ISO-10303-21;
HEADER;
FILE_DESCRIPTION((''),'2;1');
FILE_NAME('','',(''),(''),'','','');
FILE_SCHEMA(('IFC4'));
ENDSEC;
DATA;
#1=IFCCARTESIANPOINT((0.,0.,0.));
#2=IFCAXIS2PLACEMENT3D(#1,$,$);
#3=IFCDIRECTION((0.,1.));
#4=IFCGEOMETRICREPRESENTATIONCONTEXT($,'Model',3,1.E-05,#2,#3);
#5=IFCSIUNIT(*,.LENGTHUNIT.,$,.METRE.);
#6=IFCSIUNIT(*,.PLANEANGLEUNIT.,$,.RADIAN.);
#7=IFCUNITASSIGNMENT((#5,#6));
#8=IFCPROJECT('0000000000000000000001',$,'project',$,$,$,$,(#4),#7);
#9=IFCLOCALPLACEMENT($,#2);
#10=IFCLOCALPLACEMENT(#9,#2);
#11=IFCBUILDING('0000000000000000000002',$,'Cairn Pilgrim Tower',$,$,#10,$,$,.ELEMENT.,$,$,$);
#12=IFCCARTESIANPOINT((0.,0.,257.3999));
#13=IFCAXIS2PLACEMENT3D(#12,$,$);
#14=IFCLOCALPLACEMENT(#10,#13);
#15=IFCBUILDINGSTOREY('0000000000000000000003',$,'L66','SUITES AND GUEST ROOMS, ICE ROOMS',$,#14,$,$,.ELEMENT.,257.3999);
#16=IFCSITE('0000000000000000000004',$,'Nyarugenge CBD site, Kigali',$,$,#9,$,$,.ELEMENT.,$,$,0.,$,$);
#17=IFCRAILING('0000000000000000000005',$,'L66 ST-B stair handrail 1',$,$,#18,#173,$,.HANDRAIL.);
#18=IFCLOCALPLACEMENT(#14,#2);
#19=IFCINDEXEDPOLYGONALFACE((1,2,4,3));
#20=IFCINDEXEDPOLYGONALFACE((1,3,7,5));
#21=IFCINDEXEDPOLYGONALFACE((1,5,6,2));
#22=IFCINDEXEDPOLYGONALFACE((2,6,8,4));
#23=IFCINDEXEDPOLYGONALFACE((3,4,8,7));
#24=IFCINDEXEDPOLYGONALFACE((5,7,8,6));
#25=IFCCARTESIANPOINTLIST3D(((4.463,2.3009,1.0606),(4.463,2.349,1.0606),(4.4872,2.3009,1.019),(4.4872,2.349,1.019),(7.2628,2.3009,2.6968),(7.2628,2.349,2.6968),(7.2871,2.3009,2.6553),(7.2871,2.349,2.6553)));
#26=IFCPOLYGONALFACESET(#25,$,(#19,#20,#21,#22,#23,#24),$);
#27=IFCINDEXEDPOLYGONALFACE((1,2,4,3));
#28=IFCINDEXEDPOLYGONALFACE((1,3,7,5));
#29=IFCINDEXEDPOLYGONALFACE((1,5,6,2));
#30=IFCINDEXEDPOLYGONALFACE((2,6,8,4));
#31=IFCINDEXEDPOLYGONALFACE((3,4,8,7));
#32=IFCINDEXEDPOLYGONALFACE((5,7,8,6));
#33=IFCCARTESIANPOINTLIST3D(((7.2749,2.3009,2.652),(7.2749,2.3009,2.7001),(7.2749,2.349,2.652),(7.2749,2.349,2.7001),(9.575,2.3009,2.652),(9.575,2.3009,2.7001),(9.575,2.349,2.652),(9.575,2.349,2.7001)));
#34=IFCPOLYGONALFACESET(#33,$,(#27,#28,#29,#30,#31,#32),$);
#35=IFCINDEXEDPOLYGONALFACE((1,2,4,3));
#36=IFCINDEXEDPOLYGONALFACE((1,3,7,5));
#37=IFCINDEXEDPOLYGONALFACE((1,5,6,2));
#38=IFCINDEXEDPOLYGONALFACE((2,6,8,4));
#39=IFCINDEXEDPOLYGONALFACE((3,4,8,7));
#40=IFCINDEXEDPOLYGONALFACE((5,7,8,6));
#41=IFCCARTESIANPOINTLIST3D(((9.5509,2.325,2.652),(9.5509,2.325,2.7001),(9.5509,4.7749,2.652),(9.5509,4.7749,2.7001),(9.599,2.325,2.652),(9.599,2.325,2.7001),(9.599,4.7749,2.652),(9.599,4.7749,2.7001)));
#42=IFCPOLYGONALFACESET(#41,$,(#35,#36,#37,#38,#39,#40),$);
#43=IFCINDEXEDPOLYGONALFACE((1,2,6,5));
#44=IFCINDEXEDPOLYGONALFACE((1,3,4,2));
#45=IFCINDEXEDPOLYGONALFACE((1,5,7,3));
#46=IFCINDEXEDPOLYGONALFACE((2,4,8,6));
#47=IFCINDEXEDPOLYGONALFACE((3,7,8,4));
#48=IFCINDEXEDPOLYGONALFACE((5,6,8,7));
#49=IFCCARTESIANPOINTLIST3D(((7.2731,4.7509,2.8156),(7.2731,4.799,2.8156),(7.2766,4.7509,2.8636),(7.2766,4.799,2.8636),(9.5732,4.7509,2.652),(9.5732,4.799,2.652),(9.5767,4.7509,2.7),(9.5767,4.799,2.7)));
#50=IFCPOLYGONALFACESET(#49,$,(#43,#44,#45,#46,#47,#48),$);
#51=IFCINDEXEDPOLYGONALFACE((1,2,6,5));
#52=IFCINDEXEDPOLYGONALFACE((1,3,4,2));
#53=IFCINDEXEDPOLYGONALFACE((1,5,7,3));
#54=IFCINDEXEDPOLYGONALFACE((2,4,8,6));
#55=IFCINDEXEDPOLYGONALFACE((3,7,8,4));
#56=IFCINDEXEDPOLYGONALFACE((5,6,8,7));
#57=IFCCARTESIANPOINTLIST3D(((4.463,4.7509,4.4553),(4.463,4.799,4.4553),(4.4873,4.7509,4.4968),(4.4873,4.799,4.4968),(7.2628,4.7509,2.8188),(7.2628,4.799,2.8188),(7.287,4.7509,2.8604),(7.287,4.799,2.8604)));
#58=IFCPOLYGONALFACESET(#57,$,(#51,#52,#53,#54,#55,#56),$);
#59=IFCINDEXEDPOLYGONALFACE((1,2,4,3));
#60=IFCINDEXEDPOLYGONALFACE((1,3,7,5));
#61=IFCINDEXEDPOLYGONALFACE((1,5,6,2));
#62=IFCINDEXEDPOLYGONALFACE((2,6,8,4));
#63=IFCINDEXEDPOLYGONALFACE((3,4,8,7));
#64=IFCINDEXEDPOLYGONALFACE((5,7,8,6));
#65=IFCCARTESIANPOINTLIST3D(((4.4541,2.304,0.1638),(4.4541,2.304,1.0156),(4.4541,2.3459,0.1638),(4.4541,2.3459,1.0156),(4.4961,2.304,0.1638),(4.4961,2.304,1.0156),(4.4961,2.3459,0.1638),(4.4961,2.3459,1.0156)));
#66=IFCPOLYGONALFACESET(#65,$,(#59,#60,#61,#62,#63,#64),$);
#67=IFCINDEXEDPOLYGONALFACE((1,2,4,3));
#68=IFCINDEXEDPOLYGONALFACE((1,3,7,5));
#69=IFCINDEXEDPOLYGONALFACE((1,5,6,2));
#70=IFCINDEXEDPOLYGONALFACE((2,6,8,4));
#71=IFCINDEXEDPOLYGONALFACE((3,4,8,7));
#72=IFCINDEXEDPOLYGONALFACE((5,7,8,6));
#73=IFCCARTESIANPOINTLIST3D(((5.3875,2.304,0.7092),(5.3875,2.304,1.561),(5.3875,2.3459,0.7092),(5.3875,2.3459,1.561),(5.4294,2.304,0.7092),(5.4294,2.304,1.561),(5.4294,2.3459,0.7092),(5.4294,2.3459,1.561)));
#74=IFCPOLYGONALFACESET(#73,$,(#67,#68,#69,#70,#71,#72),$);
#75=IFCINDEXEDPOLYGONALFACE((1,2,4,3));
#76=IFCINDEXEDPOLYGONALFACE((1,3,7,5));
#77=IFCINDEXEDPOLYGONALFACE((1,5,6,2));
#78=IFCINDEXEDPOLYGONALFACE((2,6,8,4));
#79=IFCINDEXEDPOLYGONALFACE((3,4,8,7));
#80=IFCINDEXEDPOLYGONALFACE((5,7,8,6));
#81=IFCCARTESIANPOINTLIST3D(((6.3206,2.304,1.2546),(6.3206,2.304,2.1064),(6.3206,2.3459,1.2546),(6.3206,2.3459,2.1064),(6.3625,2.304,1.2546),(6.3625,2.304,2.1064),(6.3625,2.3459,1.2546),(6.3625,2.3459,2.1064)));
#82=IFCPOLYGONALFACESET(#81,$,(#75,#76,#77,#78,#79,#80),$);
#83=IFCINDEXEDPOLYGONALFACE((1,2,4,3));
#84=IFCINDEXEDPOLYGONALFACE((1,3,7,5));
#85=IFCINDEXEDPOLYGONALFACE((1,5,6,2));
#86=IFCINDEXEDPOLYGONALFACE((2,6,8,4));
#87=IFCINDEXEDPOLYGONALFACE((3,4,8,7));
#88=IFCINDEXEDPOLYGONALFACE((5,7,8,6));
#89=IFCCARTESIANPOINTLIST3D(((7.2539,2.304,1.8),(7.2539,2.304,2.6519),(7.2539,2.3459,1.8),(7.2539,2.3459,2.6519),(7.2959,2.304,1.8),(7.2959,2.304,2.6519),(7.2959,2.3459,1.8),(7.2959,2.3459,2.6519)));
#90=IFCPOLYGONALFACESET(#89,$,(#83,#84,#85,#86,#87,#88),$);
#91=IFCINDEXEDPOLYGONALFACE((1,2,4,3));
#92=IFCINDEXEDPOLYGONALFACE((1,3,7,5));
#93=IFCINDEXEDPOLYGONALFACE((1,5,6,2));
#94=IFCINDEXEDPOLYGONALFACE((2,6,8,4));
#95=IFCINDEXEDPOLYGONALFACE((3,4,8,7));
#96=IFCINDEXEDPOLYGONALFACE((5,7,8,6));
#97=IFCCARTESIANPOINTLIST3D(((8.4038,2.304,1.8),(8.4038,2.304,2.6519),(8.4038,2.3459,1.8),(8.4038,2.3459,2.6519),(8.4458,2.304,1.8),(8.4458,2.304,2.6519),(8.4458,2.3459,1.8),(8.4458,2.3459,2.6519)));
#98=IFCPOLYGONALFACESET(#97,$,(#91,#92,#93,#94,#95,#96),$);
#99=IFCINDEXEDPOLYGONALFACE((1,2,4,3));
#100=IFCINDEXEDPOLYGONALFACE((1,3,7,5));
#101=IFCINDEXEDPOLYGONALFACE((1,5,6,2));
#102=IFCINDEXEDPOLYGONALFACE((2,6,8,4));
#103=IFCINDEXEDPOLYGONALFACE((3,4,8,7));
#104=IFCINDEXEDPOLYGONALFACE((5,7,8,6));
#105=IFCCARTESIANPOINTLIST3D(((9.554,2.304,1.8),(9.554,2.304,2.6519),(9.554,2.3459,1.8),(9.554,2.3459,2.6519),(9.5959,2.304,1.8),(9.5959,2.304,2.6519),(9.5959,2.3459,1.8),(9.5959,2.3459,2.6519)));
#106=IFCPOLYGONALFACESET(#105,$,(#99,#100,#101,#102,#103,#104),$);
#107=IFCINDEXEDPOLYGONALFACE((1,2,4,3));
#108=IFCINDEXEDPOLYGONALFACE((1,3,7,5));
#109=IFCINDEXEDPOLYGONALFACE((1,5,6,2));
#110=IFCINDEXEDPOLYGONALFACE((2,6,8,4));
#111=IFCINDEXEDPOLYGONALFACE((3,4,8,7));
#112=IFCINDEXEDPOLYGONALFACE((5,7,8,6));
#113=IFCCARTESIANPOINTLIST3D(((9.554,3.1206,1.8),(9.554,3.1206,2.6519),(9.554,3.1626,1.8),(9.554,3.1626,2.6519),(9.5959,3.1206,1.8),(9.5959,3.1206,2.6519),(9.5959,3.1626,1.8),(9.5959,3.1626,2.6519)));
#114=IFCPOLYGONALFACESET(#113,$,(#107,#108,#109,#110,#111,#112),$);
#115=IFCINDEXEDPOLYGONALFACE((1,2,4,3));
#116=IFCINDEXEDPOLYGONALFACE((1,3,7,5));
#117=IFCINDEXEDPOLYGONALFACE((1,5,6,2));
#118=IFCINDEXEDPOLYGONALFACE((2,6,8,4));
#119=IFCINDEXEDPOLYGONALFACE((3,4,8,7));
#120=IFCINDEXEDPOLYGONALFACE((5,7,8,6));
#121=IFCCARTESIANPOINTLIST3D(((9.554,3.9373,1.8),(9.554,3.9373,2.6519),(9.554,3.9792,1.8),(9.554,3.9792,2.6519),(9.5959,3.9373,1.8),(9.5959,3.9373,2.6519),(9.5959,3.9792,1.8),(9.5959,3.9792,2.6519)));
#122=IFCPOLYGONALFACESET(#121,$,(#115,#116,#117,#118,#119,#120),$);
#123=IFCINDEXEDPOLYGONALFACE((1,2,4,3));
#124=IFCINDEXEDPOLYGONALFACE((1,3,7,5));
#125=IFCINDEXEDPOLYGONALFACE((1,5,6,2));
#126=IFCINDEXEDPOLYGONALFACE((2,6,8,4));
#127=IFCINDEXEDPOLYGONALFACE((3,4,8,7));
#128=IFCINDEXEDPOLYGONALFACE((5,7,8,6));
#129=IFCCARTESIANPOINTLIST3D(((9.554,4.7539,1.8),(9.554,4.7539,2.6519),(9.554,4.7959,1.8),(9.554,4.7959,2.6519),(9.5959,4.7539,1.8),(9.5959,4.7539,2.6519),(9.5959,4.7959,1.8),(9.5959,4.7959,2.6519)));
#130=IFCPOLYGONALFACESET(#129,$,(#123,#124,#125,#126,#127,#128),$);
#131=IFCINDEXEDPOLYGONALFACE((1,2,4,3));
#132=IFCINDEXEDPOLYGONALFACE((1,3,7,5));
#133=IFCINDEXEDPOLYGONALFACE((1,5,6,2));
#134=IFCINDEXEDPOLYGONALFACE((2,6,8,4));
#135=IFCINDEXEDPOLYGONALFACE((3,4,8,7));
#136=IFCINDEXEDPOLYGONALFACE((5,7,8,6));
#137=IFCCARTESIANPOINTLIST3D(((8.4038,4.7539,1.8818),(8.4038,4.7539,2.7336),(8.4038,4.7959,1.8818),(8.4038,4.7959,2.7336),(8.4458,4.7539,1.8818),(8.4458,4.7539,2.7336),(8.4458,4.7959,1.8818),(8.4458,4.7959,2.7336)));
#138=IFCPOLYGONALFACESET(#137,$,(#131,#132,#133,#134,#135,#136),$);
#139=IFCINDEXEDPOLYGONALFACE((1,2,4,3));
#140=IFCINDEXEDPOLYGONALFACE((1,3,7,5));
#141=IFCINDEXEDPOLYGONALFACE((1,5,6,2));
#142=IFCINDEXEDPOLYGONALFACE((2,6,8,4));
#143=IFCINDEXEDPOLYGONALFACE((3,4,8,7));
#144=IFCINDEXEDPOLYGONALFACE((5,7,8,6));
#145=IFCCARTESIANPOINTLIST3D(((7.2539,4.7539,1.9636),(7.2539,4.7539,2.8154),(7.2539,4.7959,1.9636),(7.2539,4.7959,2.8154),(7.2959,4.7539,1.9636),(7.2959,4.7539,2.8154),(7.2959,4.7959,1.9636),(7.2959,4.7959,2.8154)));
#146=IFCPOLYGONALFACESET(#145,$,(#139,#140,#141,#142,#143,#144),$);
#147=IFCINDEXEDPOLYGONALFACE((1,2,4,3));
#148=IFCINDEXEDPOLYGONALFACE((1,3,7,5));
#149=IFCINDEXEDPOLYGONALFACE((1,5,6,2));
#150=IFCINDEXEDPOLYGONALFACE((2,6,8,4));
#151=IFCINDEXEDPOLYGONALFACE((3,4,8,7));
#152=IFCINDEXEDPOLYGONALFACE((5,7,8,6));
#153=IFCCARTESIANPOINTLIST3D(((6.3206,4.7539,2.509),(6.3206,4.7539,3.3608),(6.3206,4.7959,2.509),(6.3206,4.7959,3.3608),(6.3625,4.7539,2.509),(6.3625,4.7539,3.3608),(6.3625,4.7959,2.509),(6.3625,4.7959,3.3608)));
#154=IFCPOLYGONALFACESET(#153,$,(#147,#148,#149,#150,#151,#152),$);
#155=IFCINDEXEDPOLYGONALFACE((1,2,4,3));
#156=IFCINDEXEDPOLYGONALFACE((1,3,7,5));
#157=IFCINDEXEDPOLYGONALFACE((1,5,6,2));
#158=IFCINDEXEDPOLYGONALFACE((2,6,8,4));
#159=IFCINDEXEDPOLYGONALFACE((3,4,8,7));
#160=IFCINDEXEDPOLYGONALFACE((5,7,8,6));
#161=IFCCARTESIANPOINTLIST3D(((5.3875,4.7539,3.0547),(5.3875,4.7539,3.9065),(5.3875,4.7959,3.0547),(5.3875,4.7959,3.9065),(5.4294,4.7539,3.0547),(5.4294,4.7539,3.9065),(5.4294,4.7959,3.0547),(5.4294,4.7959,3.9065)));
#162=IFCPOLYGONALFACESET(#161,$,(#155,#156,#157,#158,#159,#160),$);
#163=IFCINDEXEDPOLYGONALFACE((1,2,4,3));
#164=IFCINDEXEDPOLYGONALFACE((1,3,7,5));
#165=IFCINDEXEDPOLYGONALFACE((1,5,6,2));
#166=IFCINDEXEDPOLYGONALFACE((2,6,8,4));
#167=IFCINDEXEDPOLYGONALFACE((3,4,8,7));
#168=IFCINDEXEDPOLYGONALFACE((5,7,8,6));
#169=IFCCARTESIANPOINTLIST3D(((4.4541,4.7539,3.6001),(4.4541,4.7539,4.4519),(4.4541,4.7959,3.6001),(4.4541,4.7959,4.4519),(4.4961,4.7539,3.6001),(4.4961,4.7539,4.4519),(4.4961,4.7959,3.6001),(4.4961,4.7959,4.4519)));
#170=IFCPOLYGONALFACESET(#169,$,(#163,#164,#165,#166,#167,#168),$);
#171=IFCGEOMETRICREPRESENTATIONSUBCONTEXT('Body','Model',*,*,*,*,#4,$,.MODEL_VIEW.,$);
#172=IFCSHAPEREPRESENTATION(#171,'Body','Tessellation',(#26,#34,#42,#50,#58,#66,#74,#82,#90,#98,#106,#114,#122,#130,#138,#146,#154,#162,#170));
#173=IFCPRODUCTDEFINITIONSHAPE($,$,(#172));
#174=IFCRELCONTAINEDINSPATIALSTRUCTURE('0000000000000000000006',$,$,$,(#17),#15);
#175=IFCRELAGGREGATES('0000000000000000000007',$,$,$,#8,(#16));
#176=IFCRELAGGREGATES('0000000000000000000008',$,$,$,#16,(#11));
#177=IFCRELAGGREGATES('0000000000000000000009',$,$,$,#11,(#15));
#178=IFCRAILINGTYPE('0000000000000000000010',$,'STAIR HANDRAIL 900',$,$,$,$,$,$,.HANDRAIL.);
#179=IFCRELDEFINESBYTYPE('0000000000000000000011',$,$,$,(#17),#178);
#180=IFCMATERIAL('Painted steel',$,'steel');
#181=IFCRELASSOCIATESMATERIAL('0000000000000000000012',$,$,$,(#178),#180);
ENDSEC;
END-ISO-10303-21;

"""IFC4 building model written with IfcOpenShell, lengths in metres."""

from ifc_helpers import new_model, si_unit, direction, frame, origin, origin_2d, place, context, subcontext, project, spatial, rectangle, extrude, material, type_object, element, save


model = new_model("IFC4")

# Units and contexts
model_context = context("Model", 3, precision=1e-05, world=origin(), true_north=direction((0.0, 1.0)))
body_context = subcontext(model_context, "Body", "Model", "MODEL_VIEW")
ifc_project = project(units=[si_unit("LENGTHUNIT", "METRE"), si_unit("PLANEANGLEUNIT", "RADIAN")], contexts=[model_context])

# Site, building, storey
site_placement = place(None, origin())
site = spatial("IfcSite", under=ifc_project, at=site_placement, Name="Nyarugenge CBD site, Kigali", CompositionType="ELEMENT", RefElevation=0.0)
building_placement = place(site_placement, origin())
building = spatial("IfcBuilding", under=site, at=building_placement, Name="Cairn Pilgrim Tower", CompositionType="ELEMENT")
storey_placement = place(building_placement, frame((0.0, 0.0, 257.3999)))
storey = spatial("IfcBuildingStorey", under=building, at=storey_placement, Name="L66", Description="SUITES AND GUEST ROOMS, ICE ROOMS", CompositionType="ELEMENT", Elevation=257.3999)

# Shared definitions
ifc_material_1 = material(Name="Painted steel", Category="steel")

# Railing
railing_type_1 = type_object("IfcRailingType", Name="STAIR HANDRAIL 900", PredefinedType="HANDRAIL", material=ifc_material_1)
railing_1_placement = place(storey_placement, frame((4.4751, 2.325, 0.1638)))
element("IfcRailing", 1, at=railing_1_placement, inside=storey, type_object=railing_type_1, Name="L66 ST-B stair handrail 1", PredefinedType="HANDRAIL", context=body_context, shape_type="SweptSolid", body=[
    extrude(rectangle(XDim=0.0481, YDim=0.0481, at=origin_2d()), frame((0.0, 0.0, 0.876), z_axis=(0.863374, 0.0, 0.504564), x_axis=(0.0, 1.0, 0.0)), (0.0, 0.0, 1.0), 3.2429),
    extrude(rectangle(XDim=0.0481, YDim=0.0481, at=origin_2d()), frame((2.7998, 0.0, 2.5122), z_axis=(1.0, 0.0, 0.0), x_axis=(0.0, 1.0, 0.0)), (0.0, 0.0, 1.0), 2.3),
    extrude(rectangle(XDim=0.0481, YDim=0.0481, at=origin_2d()), frame((5.0999, 0.0, 2.5122), z_axis=(0.0, 1.0, 0.0), x_axis=(-1.0, 0.0, 0.0)), (0.0, 0.0, 1.0), 2.45),
    extrude(rectangle(XDim=0.0481, YDim=0.0481, at=origin_2d()), frame((5.0999, 2.45, 2.5122), z_axis=(-0.997481, 0.0, 0.070939), x_axis=(0.0, -1.0, 0.0)), (0.0, 0.0, 1.0), 2.3059),
    extrude(rectangle(XDim=0.0481, YDim=0.0481, at=origin_2d()), frame((2.7998, 2.45, 2.6758), z_axis=(-0.863342, 0.0, 0.50462), x_axis=(0.0, -1.0, 0.0)), (0.0, 0.0, 1.0), 3.2429),
    extrude(rectangle(XDim=0.042, YDim=0.042, at=origin_2d()), origin(), (0.0, 0.0, 1.0), 0.8518),
    extrude(rectangle(XDim=0.042, YDim=0.042, at=origin_2d()), frame((0.9333, 0.0, 0.5454)), (0.0, 0.0, 1.0), 0.8518),
    extrude(rectangle(XDim=0.042, YDim=0.042, at=origin_2d()), frame((1.8665, 0.0, 1.0908)), (0.0, 0.0, 1.0), 0.8518),
    extrude(rectangle(XDim=0.042, YDim=0.042, at=origin_2d()), frame((2.7998, 0.0, 1.6362)), (0.0, 0.0, 1.0), 0.8518),
    extrude(rectangle(XDim=0.042, YDim=0.042, at=origin_2d()), frame((3.9497, 0.0, 1.6362)), (0.0, 0.0, 1.0), 0.8518),
    extrude(rectangle(XDim=0.042, YDim=0.042, at=origin_2d()), frame((5.0999, 0.0, 1.6362)), (0.0, 0.0, 1.0), 0.8518),
    extrude(rectangle(XDim=0.042, YDim=0.042, at=origin_2d()), frame((5.0999, 0.8167, 1.6362)), (0.0, 0.0, 1.0), 0.8518),
    extrude(rectangle(XDim=0.042, YDim=0.042, at=origin_2d()), frame((5.0999, 1.6333, 1.6362)), (0.0, 0.0, 1.0), 0.8518),
    extrude(rectangle(XDim=0.042, YDim=0.042, at=origin_2d()), frame((5.0999, 2.45, 1.6362)), (0.0, 0.0, 1.0), 0.8518),
    extrude(rectangle(XDim=0.042, YDim=0.042, at=origin_2d()), frame((3.9497, 2.45, 1.718)), (0.0, 0.0, 1.0), 0.8518),
    extrude(rectangle(XDim=0.042, YDim=0.042, at=origin_2d()), frame((2.7998, 2.45, 1.7998)), (0.0, 0.0, 1.0), 0.8518),
    extrude(rectangle(XDim=0.042, YDim=0.042, at=origin_2d()), frame((1.8665, 2.45, 2.3452)), (0.0, 0.0, 1.0), 0.8518),
    extrude(rectangle(XDim=0.042, YDim=0.042, at=origin_2d()), frame((0.9333, 2.45, 2.8909)), (0.0, 0.0, 1.0), 0.8518),
    extrude(rectangle(XDim=0.042, YDim=0.042, at=origin_2d()), frame((0.0, 2.45, 3.4363)), (0.0, 0.0, 1.0), 0.8518),
])

save(model, "model.ifc")
